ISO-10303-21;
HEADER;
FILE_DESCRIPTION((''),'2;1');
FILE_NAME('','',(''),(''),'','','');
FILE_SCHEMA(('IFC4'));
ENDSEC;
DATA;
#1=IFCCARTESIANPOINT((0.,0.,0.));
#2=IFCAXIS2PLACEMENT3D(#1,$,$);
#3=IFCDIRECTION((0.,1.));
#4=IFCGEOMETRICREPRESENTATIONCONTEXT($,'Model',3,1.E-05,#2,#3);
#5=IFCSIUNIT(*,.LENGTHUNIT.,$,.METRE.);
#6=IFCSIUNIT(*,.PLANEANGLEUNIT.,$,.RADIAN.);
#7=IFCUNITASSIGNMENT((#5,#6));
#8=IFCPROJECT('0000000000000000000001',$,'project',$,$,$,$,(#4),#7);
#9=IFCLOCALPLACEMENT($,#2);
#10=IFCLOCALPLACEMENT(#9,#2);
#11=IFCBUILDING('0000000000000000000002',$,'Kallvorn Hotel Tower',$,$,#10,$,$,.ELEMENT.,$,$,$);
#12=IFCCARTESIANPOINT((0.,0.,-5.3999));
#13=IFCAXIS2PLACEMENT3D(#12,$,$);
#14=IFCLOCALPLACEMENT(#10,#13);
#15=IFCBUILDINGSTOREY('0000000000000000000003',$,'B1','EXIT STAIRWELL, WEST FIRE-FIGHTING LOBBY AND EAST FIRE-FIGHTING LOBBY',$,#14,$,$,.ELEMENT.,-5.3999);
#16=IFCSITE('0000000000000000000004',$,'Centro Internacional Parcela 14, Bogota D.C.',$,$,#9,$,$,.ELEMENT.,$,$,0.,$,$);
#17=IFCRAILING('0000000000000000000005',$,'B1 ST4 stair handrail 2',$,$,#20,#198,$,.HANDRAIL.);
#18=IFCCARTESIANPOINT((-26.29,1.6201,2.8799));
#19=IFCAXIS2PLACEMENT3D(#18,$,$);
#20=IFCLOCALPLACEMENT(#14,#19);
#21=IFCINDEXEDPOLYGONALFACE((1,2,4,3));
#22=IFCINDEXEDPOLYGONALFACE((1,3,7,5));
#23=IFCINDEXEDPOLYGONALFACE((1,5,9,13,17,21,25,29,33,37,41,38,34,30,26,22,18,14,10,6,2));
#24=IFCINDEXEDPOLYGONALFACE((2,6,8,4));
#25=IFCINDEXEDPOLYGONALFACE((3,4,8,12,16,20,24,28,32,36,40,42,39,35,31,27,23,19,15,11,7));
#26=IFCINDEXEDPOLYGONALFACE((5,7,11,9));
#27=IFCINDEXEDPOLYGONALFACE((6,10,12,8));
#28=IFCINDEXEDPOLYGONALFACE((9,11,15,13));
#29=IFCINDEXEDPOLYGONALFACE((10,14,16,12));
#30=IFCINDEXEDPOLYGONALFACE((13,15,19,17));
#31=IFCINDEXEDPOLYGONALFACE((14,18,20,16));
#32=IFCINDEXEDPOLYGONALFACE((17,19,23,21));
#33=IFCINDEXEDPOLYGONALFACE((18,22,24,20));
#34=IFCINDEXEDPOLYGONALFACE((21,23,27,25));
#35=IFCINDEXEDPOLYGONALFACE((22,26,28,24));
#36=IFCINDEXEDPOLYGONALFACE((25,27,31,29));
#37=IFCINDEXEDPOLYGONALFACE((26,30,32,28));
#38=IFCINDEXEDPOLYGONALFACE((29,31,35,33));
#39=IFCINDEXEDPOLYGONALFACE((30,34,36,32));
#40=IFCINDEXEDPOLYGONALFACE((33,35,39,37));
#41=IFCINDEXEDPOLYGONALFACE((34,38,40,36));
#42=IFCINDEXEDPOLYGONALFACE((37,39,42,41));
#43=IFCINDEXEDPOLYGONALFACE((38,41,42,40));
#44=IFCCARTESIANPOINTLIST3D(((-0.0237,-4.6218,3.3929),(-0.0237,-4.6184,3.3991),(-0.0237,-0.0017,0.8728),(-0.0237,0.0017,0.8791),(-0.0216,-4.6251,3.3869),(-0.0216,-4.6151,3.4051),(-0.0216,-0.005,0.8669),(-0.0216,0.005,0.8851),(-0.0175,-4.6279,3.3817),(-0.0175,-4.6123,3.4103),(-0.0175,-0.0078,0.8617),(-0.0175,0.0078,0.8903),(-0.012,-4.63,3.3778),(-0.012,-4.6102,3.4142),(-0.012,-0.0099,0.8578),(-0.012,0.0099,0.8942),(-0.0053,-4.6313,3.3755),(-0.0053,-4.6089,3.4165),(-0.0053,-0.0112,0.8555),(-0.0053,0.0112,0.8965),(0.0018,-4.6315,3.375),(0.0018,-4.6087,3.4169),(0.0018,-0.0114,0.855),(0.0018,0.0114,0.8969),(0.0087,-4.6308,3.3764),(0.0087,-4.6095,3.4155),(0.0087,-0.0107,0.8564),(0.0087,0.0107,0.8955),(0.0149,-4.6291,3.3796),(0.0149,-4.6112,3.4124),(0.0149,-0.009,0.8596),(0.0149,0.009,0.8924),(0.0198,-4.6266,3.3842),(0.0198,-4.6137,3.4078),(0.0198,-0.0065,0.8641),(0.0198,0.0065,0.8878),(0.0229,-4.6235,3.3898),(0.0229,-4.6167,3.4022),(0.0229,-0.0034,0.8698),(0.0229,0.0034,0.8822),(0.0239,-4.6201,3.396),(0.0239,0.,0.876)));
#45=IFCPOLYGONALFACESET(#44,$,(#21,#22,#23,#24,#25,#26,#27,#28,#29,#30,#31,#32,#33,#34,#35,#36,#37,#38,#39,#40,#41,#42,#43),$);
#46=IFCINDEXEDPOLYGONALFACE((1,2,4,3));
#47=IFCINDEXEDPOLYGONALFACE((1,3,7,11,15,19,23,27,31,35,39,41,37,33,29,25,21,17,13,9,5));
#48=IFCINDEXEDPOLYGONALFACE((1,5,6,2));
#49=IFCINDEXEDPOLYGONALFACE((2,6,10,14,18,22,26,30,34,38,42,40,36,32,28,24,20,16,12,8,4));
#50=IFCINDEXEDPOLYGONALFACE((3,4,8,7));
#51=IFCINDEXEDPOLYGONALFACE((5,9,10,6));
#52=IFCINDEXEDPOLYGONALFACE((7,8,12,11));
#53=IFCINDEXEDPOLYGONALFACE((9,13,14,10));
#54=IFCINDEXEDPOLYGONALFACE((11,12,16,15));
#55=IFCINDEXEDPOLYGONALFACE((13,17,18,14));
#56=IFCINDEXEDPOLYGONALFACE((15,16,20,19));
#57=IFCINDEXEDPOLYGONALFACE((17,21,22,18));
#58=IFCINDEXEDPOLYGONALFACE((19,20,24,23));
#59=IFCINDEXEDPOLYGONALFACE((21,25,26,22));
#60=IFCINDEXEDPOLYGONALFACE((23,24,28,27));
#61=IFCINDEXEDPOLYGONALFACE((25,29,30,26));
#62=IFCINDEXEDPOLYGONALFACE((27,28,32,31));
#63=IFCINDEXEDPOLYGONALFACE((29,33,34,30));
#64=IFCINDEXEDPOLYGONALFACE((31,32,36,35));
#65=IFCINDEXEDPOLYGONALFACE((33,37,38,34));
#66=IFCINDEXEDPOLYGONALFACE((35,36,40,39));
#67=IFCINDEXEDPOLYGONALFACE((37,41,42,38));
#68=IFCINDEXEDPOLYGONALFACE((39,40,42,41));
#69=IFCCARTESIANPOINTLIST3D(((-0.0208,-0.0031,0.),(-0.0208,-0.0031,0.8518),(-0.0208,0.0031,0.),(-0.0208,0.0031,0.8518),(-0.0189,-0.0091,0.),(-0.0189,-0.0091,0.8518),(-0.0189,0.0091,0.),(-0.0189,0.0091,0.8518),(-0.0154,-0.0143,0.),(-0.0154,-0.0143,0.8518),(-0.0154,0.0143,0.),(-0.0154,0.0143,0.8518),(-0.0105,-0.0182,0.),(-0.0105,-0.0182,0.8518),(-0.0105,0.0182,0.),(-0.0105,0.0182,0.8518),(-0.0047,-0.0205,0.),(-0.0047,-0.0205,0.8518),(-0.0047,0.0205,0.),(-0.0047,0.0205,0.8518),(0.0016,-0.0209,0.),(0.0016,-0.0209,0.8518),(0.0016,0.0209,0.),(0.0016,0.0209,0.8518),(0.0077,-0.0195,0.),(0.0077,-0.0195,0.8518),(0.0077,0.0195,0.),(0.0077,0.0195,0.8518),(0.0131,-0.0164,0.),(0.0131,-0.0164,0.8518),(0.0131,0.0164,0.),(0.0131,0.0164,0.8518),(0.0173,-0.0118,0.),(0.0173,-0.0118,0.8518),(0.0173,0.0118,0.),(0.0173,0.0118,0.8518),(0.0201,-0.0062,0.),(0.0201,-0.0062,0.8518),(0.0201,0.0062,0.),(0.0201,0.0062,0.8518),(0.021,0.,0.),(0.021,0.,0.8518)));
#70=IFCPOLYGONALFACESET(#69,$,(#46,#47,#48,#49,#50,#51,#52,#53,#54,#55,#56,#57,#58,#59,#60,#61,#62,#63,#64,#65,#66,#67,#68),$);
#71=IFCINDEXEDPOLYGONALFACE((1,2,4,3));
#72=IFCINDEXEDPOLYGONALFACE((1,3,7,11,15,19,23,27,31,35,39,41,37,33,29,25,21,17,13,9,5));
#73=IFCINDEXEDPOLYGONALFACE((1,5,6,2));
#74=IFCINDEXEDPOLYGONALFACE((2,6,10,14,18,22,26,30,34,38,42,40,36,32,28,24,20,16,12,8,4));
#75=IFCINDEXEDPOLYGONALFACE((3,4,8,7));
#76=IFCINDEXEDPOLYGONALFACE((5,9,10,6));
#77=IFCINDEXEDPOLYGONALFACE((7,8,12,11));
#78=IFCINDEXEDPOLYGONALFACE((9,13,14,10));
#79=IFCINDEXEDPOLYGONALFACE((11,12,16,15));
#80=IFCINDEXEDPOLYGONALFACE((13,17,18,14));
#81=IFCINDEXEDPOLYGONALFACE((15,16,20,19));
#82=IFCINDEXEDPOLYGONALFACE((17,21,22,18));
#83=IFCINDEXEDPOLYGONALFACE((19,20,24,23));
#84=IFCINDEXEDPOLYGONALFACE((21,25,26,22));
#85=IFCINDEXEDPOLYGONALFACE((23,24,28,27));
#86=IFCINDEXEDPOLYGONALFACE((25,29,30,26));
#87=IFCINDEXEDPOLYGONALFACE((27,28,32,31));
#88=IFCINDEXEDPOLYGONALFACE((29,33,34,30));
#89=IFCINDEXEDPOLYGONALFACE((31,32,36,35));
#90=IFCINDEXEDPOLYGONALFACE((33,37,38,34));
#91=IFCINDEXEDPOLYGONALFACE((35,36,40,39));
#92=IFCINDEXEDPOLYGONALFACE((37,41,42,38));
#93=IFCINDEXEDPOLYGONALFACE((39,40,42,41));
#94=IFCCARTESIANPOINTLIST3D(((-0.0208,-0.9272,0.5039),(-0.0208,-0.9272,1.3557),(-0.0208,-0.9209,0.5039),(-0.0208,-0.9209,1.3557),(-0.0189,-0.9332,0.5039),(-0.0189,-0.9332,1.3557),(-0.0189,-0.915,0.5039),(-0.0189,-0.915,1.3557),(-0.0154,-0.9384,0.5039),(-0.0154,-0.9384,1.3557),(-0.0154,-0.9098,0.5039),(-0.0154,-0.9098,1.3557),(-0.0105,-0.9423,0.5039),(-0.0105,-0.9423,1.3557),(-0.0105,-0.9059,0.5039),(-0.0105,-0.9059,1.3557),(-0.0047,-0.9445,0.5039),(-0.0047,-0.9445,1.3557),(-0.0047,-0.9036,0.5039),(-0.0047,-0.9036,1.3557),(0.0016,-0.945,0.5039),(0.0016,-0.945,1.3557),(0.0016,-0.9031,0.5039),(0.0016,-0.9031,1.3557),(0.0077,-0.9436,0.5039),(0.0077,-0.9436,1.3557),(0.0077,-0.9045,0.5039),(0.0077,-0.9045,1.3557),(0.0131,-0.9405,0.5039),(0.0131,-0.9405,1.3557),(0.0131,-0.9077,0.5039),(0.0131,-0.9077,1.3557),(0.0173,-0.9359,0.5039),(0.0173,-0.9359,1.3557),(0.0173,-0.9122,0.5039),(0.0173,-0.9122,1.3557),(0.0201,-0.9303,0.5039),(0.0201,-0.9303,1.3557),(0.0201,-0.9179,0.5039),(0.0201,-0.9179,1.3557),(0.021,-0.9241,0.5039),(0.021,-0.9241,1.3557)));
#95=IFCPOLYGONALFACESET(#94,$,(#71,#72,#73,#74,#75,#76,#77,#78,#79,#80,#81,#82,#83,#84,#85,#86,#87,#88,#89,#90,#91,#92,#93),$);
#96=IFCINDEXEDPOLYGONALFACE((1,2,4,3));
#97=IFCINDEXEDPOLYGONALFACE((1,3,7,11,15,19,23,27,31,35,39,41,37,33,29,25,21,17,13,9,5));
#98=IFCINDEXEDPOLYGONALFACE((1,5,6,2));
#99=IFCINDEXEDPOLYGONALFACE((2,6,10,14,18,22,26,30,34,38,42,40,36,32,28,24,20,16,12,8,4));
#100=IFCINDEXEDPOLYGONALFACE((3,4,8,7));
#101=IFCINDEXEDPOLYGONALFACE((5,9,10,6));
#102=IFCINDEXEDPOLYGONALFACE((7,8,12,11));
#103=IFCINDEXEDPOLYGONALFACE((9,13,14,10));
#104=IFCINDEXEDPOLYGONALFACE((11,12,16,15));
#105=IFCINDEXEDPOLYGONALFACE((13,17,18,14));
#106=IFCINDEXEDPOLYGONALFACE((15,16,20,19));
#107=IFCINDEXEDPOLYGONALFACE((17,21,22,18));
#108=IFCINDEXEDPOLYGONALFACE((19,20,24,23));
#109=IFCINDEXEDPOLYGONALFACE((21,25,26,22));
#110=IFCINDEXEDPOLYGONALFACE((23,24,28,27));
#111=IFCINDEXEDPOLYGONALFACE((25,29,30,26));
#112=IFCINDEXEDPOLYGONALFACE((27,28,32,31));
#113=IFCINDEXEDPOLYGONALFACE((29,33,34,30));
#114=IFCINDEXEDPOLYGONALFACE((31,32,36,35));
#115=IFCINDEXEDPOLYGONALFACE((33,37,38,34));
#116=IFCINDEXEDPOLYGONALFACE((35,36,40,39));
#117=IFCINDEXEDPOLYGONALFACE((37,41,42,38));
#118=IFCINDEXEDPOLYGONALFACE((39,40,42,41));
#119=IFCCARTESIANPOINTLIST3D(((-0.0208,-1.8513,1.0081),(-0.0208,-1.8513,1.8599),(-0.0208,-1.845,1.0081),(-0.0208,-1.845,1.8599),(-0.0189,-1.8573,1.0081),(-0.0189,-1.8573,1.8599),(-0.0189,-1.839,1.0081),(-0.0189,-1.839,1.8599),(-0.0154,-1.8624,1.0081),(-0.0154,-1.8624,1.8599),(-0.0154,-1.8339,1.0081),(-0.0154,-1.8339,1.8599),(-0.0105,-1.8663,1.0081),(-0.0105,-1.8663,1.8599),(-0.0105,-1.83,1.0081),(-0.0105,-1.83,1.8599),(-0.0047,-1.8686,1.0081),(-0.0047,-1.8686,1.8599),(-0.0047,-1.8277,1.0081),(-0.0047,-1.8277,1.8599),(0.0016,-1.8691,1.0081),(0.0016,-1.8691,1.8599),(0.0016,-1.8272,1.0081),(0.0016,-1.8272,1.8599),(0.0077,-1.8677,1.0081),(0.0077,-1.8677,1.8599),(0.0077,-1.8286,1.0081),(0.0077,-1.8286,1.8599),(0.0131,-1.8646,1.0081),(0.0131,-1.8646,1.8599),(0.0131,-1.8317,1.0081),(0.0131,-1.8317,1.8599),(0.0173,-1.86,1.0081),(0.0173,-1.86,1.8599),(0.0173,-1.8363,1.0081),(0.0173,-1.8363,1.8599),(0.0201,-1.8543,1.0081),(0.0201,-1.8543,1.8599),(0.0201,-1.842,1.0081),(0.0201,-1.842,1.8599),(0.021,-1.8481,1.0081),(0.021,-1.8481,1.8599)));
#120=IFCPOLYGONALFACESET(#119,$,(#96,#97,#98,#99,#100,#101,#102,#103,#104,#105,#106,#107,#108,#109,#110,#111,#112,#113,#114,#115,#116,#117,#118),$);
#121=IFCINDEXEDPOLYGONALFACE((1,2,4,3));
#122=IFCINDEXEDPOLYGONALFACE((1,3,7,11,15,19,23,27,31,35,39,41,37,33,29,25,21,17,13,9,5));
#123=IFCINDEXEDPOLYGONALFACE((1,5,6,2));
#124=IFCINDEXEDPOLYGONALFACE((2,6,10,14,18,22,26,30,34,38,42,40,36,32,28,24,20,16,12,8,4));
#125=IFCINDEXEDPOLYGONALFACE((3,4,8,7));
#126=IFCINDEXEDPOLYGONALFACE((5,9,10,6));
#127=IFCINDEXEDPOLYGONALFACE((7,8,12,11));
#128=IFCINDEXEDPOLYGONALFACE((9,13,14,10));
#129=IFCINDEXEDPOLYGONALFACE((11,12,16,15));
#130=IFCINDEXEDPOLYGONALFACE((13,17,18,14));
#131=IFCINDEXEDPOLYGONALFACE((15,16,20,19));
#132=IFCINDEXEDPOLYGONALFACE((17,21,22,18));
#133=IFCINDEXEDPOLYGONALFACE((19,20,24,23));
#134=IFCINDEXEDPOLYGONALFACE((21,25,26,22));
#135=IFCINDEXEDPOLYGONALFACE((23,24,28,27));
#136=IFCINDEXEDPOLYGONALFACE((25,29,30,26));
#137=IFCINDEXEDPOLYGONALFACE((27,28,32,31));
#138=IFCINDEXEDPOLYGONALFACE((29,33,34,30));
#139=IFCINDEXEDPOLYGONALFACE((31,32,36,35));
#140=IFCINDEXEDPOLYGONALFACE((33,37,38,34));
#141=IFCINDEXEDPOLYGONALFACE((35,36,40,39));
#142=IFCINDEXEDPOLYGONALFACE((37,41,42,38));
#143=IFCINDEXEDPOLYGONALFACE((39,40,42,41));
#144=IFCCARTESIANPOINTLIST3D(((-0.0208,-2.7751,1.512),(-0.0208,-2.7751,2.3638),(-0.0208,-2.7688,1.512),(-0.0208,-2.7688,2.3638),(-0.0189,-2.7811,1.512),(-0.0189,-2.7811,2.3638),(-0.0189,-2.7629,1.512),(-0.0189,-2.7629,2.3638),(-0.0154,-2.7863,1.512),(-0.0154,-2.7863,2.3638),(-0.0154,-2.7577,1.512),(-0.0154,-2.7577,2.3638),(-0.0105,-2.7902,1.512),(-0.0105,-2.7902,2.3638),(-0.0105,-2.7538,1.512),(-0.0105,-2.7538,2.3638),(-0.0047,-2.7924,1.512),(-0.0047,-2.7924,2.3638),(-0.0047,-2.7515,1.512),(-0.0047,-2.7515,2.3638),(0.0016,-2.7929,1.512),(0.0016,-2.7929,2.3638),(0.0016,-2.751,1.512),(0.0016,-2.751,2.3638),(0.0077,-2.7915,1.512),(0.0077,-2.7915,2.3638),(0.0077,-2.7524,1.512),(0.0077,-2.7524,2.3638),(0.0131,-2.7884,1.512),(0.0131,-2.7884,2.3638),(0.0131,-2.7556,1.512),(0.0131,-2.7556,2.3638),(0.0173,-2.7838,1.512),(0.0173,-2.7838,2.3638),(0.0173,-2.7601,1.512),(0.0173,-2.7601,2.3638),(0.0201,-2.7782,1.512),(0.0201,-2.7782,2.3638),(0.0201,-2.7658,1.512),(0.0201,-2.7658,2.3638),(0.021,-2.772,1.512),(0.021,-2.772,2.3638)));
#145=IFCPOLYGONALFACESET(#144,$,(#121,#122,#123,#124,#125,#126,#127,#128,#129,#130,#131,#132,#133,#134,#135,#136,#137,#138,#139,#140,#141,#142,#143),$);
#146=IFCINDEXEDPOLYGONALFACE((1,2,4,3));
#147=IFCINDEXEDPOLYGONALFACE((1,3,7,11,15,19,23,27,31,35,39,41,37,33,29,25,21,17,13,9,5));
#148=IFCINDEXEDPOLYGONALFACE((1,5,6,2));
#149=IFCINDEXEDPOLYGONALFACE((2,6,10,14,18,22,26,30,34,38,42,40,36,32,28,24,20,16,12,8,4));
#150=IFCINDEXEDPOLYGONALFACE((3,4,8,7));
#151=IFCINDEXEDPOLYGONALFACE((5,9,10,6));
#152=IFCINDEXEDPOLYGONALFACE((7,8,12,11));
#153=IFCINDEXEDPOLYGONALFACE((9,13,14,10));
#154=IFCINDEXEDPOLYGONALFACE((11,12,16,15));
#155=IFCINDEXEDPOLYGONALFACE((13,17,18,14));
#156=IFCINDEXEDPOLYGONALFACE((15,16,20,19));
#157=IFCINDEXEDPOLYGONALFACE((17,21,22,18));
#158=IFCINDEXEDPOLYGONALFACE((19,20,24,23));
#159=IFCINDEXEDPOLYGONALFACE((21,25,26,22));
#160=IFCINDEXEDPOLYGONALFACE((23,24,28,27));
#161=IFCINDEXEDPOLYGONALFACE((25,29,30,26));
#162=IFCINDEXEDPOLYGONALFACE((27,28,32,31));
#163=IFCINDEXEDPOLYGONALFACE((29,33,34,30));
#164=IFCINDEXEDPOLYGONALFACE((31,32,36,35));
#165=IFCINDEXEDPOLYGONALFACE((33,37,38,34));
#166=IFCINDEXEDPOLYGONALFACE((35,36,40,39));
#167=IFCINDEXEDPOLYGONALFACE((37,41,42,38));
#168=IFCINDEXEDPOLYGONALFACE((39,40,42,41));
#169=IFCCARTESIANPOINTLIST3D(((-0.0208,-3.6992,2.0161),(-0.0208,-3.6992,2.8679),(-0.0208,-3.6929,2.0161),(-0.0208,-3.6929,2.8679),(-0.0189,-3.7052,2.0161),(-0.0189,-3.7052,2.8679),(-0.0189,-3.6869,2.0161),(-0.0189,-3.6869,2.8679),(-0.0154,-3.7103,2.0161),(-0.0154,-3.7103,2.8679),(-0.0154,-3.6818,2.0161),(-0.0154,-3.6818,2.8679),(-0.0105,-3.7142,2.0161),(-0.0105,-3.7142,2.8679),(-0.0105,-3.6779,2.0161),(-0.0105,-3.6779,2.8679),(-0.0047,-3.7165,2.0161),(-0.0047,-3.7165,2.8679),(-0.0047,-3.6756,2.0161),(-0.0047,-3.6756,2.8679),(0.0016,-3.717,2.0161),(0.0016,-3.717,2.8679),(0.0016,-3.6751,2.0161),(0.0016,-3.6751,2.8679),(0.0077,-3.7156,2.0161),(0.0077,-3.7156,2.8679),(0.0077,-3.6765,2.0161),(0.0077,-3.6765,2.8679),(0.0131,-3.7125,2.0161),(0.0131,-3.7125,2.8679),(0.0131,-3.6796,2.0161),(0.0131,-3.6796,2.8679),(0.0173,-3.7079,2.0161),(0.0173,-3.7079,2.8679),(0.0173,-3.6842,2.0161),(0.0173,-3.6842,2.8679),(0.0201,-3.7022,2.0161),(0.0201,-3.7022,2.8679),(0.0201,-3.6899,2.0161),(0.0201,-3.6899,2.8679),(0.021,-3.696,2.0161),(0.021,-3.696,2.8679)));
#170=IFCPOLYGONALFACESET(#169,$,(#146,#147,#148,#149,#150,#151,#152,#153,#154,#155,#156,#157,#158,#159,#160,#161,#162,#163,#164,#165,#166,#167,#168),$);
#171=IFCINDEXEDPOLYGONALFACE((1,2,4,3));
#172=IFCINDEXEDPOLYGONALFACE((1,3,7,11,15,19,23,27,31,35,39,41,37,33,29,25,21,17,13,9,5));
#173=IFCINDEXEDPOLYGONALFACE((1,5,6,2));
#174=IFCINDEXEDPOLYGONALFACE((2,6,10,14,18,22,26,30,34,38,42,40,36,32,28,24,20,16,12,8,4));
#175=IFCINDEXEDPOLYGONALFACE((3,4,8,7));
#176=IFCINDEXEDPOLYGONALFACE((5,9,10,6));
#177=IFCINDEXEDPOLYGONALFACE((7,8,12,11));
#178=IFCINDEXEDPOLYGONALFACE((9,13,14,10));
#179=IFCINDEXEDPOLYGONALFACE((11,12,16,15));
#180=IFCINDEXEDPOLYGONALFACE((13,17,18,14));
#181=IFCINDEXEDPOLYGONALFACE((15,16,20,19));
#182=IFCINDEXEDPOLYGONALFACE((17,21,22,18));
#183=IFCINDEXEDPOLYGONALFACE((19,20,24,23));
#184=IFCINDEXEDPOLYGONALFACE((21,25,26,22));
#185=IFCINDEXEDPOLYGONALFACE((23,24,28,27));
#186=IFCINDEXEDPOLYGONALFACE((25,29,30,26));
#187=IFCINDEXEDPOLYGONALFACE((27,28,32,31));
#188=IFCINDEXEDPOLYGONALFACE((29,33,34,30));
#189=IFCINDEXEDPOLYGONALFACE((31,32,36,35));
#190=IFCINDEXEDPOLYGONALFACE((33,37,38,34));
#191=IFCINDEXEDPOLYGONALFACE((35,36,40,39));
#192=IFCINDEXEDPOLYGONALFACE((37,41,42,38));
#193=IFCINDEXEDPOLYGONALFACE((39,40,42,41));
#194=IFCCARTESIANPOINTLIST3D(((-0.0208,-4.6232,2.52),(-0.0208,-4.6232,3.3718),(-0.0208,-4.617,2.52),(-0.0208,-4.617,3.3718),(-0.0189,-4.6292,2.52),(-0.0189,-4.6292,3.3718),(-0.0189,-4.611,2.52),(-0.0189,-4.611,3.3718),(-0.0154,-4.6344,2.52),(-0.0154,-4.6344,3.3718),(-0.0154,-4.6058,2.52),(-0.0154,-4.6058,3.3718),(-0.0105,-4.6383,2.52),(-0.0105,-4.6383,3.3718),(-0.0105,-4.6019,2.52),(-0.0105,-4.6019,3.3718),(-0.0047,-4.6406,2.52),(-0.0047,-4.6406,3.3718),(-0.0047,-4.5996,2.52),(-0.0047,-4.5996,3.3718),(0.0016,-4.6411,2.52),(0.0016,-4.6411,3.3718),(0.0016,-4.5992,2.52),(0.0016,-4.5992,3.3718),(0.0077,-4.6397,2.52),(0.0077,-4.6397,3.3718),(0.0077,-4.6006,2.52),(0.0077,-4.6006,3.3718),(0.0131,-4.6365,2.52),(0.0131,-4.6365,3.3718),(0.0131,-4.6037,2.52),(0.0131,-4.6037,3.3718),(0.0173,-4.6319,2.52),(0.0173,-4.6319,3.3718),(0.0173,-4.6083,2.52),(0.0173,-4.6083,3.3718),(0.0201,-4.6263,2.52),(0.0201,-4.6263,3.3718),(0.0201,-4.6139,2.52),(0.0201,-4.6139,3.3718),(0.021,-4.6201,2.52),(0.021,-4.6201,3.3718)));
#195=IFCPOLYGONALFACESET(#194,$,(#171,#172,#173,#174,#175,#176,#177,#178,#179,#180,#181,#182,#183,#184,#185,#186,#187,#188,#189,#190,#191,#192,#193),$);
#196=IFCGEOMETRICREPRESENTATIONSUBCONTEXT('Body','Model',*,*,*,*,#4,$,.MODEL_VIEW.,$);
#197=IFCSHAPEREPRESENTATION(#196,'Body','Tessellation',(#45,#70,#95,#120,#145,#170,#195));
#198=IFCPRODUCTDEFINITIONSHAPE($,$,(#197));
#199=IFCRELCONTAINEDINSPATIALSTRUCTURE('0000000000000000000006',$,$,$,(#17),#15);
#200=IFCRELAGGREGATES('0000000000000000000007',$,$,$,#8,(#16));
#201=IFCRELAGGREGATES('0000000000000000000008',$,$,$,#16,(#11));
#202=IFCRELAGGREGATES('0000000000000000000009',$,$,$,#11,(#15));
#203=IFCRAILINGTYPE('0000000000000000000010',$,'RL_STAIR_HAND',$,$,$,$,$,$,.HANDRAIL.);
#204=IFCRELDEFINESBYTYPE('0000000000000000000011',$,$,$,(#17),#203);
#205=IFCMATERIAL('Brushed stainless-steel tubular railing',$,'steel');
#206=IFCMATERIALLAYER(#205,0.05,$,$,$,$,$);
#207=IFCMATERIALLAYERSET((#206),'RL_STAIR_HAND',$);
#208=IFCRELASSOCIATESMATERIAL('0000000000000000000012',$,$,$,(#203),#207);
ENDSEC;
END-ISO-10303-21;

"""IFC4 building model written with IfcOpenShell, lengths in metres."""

from ifc_helpers import new_model, si_unit, direction, frame, origin, origin_2d, place, context, subcontext, project, spatial, circle, extrude, material, layer, layer_set, type_object, element, save


model = new_model("IFC4")

# Units and contexts
model_context = context("Model", 3, precision=1e-05, world=origin(), true_north=direction((0.0, 1.0)))
body_context = subcontext(model_context, "Body", "Model", "MODEL_VIEW")
ifc_project = project(units=[si_unit("LENGTHUNIT", "METRE"), si_unit("PLANEANGLEUNIT", "RADIAN")], contexts=[model_context])

# Site, building, storey
site_placement = place(None, origin())
site = spatial("IfcSite", under=ifc_project, at=site_placement, Name="Centro Internacional Parcela 14, Bogota D.C.", CompositionType="ELEMENT", RefElevation=0.0)
building_placement = place(site_placement, origin())
building = spatial("IfcBuilding", under=site, at=building_placement, Name="Kallvorn Hotel Tower", CompositionType="ELEMENT")
storey_placement = place(building_placement, frame((0.0, 0.0, -5.3999)))
storey = spatial("IfcBuildingStorey", under=building, at=storey_placement, Name="B1", Description="EXIT STAIRWELL, WEST FIRE-FIGHTING LOBBY AND EAST FIRE-FIGHTING LOBBY", CompositionType="ELEMENT", Elevation=-5.3999)

# Railing
ifc_material_1 = material(Name="Brushed stainless-steel tubular railing", Category="steel")
ifc_layer_1 = layer(ifc_material_1, 0.05)
ifc_layer_set_1 = layer_set([ifc_layer_1], Name="RL_STAIR_HAND")
railing_type_1 = type_object("IfcRailingType", Name="RL_STAIR_HAND", PredefinedType="HANDRAIL", material=ifc_layer_set_1)
railing_1_placement = place(storey_placement, frame((-26.29, 1.6201, 2.8799)))
element("IfcRailing", 1, at=railing_1_placement, inside=storey, type_object=railing_type_1, Name="B1 ST4 stair handrail 2", PredefinedType="HANDRAIL", context=body_context, shape_type="SweptSolid", body=[
    extrude(circle(Radius=0.0239, at=origin_2d()), frame((0.0, 0.0, 0.876), z_axis=(0.0, -0.877899, 0.478846), x_axis=(1.0, 0.0, 0.0)), (0.0, 0.0, 1.0), 5.2627),
    extrude(circle(Radius=0.021, at=origin_2d()), origin(), (0.0, 0.0, 1.0), 0.8518),
    extrude(circle(Radius=0.021, at=origin_2d()), frame((0.0, -0.9241, 0.5039)), (0.0, 0.0, 1.0), 0.8518),
    extrude(circle(Radius=0.021, at=origin_2d()), frame((0.0, -1.8481, 1.0081)), (0.0, 0.0, 1.0), 0.8518),
    extrude(circle(Radius=0.021, at=origin_2d()), frame((0.0, -2.772, 1.512)), (0.0, 0.0, 1.0), 0.8518),
    extrude(circle(Radius=0.021, at=origin_2d()), frame((0.0, -3.696, 2.0161)), (0.0, 0.0, 1.0), 0.8518),
    extrude(circle(Radius=0.021, at=origin_2d()), frame((0.0, -4.6201, 2.52)), (0.0, 0.0, 1.0), 0.8518),
])

save(model, "model.ifc")
